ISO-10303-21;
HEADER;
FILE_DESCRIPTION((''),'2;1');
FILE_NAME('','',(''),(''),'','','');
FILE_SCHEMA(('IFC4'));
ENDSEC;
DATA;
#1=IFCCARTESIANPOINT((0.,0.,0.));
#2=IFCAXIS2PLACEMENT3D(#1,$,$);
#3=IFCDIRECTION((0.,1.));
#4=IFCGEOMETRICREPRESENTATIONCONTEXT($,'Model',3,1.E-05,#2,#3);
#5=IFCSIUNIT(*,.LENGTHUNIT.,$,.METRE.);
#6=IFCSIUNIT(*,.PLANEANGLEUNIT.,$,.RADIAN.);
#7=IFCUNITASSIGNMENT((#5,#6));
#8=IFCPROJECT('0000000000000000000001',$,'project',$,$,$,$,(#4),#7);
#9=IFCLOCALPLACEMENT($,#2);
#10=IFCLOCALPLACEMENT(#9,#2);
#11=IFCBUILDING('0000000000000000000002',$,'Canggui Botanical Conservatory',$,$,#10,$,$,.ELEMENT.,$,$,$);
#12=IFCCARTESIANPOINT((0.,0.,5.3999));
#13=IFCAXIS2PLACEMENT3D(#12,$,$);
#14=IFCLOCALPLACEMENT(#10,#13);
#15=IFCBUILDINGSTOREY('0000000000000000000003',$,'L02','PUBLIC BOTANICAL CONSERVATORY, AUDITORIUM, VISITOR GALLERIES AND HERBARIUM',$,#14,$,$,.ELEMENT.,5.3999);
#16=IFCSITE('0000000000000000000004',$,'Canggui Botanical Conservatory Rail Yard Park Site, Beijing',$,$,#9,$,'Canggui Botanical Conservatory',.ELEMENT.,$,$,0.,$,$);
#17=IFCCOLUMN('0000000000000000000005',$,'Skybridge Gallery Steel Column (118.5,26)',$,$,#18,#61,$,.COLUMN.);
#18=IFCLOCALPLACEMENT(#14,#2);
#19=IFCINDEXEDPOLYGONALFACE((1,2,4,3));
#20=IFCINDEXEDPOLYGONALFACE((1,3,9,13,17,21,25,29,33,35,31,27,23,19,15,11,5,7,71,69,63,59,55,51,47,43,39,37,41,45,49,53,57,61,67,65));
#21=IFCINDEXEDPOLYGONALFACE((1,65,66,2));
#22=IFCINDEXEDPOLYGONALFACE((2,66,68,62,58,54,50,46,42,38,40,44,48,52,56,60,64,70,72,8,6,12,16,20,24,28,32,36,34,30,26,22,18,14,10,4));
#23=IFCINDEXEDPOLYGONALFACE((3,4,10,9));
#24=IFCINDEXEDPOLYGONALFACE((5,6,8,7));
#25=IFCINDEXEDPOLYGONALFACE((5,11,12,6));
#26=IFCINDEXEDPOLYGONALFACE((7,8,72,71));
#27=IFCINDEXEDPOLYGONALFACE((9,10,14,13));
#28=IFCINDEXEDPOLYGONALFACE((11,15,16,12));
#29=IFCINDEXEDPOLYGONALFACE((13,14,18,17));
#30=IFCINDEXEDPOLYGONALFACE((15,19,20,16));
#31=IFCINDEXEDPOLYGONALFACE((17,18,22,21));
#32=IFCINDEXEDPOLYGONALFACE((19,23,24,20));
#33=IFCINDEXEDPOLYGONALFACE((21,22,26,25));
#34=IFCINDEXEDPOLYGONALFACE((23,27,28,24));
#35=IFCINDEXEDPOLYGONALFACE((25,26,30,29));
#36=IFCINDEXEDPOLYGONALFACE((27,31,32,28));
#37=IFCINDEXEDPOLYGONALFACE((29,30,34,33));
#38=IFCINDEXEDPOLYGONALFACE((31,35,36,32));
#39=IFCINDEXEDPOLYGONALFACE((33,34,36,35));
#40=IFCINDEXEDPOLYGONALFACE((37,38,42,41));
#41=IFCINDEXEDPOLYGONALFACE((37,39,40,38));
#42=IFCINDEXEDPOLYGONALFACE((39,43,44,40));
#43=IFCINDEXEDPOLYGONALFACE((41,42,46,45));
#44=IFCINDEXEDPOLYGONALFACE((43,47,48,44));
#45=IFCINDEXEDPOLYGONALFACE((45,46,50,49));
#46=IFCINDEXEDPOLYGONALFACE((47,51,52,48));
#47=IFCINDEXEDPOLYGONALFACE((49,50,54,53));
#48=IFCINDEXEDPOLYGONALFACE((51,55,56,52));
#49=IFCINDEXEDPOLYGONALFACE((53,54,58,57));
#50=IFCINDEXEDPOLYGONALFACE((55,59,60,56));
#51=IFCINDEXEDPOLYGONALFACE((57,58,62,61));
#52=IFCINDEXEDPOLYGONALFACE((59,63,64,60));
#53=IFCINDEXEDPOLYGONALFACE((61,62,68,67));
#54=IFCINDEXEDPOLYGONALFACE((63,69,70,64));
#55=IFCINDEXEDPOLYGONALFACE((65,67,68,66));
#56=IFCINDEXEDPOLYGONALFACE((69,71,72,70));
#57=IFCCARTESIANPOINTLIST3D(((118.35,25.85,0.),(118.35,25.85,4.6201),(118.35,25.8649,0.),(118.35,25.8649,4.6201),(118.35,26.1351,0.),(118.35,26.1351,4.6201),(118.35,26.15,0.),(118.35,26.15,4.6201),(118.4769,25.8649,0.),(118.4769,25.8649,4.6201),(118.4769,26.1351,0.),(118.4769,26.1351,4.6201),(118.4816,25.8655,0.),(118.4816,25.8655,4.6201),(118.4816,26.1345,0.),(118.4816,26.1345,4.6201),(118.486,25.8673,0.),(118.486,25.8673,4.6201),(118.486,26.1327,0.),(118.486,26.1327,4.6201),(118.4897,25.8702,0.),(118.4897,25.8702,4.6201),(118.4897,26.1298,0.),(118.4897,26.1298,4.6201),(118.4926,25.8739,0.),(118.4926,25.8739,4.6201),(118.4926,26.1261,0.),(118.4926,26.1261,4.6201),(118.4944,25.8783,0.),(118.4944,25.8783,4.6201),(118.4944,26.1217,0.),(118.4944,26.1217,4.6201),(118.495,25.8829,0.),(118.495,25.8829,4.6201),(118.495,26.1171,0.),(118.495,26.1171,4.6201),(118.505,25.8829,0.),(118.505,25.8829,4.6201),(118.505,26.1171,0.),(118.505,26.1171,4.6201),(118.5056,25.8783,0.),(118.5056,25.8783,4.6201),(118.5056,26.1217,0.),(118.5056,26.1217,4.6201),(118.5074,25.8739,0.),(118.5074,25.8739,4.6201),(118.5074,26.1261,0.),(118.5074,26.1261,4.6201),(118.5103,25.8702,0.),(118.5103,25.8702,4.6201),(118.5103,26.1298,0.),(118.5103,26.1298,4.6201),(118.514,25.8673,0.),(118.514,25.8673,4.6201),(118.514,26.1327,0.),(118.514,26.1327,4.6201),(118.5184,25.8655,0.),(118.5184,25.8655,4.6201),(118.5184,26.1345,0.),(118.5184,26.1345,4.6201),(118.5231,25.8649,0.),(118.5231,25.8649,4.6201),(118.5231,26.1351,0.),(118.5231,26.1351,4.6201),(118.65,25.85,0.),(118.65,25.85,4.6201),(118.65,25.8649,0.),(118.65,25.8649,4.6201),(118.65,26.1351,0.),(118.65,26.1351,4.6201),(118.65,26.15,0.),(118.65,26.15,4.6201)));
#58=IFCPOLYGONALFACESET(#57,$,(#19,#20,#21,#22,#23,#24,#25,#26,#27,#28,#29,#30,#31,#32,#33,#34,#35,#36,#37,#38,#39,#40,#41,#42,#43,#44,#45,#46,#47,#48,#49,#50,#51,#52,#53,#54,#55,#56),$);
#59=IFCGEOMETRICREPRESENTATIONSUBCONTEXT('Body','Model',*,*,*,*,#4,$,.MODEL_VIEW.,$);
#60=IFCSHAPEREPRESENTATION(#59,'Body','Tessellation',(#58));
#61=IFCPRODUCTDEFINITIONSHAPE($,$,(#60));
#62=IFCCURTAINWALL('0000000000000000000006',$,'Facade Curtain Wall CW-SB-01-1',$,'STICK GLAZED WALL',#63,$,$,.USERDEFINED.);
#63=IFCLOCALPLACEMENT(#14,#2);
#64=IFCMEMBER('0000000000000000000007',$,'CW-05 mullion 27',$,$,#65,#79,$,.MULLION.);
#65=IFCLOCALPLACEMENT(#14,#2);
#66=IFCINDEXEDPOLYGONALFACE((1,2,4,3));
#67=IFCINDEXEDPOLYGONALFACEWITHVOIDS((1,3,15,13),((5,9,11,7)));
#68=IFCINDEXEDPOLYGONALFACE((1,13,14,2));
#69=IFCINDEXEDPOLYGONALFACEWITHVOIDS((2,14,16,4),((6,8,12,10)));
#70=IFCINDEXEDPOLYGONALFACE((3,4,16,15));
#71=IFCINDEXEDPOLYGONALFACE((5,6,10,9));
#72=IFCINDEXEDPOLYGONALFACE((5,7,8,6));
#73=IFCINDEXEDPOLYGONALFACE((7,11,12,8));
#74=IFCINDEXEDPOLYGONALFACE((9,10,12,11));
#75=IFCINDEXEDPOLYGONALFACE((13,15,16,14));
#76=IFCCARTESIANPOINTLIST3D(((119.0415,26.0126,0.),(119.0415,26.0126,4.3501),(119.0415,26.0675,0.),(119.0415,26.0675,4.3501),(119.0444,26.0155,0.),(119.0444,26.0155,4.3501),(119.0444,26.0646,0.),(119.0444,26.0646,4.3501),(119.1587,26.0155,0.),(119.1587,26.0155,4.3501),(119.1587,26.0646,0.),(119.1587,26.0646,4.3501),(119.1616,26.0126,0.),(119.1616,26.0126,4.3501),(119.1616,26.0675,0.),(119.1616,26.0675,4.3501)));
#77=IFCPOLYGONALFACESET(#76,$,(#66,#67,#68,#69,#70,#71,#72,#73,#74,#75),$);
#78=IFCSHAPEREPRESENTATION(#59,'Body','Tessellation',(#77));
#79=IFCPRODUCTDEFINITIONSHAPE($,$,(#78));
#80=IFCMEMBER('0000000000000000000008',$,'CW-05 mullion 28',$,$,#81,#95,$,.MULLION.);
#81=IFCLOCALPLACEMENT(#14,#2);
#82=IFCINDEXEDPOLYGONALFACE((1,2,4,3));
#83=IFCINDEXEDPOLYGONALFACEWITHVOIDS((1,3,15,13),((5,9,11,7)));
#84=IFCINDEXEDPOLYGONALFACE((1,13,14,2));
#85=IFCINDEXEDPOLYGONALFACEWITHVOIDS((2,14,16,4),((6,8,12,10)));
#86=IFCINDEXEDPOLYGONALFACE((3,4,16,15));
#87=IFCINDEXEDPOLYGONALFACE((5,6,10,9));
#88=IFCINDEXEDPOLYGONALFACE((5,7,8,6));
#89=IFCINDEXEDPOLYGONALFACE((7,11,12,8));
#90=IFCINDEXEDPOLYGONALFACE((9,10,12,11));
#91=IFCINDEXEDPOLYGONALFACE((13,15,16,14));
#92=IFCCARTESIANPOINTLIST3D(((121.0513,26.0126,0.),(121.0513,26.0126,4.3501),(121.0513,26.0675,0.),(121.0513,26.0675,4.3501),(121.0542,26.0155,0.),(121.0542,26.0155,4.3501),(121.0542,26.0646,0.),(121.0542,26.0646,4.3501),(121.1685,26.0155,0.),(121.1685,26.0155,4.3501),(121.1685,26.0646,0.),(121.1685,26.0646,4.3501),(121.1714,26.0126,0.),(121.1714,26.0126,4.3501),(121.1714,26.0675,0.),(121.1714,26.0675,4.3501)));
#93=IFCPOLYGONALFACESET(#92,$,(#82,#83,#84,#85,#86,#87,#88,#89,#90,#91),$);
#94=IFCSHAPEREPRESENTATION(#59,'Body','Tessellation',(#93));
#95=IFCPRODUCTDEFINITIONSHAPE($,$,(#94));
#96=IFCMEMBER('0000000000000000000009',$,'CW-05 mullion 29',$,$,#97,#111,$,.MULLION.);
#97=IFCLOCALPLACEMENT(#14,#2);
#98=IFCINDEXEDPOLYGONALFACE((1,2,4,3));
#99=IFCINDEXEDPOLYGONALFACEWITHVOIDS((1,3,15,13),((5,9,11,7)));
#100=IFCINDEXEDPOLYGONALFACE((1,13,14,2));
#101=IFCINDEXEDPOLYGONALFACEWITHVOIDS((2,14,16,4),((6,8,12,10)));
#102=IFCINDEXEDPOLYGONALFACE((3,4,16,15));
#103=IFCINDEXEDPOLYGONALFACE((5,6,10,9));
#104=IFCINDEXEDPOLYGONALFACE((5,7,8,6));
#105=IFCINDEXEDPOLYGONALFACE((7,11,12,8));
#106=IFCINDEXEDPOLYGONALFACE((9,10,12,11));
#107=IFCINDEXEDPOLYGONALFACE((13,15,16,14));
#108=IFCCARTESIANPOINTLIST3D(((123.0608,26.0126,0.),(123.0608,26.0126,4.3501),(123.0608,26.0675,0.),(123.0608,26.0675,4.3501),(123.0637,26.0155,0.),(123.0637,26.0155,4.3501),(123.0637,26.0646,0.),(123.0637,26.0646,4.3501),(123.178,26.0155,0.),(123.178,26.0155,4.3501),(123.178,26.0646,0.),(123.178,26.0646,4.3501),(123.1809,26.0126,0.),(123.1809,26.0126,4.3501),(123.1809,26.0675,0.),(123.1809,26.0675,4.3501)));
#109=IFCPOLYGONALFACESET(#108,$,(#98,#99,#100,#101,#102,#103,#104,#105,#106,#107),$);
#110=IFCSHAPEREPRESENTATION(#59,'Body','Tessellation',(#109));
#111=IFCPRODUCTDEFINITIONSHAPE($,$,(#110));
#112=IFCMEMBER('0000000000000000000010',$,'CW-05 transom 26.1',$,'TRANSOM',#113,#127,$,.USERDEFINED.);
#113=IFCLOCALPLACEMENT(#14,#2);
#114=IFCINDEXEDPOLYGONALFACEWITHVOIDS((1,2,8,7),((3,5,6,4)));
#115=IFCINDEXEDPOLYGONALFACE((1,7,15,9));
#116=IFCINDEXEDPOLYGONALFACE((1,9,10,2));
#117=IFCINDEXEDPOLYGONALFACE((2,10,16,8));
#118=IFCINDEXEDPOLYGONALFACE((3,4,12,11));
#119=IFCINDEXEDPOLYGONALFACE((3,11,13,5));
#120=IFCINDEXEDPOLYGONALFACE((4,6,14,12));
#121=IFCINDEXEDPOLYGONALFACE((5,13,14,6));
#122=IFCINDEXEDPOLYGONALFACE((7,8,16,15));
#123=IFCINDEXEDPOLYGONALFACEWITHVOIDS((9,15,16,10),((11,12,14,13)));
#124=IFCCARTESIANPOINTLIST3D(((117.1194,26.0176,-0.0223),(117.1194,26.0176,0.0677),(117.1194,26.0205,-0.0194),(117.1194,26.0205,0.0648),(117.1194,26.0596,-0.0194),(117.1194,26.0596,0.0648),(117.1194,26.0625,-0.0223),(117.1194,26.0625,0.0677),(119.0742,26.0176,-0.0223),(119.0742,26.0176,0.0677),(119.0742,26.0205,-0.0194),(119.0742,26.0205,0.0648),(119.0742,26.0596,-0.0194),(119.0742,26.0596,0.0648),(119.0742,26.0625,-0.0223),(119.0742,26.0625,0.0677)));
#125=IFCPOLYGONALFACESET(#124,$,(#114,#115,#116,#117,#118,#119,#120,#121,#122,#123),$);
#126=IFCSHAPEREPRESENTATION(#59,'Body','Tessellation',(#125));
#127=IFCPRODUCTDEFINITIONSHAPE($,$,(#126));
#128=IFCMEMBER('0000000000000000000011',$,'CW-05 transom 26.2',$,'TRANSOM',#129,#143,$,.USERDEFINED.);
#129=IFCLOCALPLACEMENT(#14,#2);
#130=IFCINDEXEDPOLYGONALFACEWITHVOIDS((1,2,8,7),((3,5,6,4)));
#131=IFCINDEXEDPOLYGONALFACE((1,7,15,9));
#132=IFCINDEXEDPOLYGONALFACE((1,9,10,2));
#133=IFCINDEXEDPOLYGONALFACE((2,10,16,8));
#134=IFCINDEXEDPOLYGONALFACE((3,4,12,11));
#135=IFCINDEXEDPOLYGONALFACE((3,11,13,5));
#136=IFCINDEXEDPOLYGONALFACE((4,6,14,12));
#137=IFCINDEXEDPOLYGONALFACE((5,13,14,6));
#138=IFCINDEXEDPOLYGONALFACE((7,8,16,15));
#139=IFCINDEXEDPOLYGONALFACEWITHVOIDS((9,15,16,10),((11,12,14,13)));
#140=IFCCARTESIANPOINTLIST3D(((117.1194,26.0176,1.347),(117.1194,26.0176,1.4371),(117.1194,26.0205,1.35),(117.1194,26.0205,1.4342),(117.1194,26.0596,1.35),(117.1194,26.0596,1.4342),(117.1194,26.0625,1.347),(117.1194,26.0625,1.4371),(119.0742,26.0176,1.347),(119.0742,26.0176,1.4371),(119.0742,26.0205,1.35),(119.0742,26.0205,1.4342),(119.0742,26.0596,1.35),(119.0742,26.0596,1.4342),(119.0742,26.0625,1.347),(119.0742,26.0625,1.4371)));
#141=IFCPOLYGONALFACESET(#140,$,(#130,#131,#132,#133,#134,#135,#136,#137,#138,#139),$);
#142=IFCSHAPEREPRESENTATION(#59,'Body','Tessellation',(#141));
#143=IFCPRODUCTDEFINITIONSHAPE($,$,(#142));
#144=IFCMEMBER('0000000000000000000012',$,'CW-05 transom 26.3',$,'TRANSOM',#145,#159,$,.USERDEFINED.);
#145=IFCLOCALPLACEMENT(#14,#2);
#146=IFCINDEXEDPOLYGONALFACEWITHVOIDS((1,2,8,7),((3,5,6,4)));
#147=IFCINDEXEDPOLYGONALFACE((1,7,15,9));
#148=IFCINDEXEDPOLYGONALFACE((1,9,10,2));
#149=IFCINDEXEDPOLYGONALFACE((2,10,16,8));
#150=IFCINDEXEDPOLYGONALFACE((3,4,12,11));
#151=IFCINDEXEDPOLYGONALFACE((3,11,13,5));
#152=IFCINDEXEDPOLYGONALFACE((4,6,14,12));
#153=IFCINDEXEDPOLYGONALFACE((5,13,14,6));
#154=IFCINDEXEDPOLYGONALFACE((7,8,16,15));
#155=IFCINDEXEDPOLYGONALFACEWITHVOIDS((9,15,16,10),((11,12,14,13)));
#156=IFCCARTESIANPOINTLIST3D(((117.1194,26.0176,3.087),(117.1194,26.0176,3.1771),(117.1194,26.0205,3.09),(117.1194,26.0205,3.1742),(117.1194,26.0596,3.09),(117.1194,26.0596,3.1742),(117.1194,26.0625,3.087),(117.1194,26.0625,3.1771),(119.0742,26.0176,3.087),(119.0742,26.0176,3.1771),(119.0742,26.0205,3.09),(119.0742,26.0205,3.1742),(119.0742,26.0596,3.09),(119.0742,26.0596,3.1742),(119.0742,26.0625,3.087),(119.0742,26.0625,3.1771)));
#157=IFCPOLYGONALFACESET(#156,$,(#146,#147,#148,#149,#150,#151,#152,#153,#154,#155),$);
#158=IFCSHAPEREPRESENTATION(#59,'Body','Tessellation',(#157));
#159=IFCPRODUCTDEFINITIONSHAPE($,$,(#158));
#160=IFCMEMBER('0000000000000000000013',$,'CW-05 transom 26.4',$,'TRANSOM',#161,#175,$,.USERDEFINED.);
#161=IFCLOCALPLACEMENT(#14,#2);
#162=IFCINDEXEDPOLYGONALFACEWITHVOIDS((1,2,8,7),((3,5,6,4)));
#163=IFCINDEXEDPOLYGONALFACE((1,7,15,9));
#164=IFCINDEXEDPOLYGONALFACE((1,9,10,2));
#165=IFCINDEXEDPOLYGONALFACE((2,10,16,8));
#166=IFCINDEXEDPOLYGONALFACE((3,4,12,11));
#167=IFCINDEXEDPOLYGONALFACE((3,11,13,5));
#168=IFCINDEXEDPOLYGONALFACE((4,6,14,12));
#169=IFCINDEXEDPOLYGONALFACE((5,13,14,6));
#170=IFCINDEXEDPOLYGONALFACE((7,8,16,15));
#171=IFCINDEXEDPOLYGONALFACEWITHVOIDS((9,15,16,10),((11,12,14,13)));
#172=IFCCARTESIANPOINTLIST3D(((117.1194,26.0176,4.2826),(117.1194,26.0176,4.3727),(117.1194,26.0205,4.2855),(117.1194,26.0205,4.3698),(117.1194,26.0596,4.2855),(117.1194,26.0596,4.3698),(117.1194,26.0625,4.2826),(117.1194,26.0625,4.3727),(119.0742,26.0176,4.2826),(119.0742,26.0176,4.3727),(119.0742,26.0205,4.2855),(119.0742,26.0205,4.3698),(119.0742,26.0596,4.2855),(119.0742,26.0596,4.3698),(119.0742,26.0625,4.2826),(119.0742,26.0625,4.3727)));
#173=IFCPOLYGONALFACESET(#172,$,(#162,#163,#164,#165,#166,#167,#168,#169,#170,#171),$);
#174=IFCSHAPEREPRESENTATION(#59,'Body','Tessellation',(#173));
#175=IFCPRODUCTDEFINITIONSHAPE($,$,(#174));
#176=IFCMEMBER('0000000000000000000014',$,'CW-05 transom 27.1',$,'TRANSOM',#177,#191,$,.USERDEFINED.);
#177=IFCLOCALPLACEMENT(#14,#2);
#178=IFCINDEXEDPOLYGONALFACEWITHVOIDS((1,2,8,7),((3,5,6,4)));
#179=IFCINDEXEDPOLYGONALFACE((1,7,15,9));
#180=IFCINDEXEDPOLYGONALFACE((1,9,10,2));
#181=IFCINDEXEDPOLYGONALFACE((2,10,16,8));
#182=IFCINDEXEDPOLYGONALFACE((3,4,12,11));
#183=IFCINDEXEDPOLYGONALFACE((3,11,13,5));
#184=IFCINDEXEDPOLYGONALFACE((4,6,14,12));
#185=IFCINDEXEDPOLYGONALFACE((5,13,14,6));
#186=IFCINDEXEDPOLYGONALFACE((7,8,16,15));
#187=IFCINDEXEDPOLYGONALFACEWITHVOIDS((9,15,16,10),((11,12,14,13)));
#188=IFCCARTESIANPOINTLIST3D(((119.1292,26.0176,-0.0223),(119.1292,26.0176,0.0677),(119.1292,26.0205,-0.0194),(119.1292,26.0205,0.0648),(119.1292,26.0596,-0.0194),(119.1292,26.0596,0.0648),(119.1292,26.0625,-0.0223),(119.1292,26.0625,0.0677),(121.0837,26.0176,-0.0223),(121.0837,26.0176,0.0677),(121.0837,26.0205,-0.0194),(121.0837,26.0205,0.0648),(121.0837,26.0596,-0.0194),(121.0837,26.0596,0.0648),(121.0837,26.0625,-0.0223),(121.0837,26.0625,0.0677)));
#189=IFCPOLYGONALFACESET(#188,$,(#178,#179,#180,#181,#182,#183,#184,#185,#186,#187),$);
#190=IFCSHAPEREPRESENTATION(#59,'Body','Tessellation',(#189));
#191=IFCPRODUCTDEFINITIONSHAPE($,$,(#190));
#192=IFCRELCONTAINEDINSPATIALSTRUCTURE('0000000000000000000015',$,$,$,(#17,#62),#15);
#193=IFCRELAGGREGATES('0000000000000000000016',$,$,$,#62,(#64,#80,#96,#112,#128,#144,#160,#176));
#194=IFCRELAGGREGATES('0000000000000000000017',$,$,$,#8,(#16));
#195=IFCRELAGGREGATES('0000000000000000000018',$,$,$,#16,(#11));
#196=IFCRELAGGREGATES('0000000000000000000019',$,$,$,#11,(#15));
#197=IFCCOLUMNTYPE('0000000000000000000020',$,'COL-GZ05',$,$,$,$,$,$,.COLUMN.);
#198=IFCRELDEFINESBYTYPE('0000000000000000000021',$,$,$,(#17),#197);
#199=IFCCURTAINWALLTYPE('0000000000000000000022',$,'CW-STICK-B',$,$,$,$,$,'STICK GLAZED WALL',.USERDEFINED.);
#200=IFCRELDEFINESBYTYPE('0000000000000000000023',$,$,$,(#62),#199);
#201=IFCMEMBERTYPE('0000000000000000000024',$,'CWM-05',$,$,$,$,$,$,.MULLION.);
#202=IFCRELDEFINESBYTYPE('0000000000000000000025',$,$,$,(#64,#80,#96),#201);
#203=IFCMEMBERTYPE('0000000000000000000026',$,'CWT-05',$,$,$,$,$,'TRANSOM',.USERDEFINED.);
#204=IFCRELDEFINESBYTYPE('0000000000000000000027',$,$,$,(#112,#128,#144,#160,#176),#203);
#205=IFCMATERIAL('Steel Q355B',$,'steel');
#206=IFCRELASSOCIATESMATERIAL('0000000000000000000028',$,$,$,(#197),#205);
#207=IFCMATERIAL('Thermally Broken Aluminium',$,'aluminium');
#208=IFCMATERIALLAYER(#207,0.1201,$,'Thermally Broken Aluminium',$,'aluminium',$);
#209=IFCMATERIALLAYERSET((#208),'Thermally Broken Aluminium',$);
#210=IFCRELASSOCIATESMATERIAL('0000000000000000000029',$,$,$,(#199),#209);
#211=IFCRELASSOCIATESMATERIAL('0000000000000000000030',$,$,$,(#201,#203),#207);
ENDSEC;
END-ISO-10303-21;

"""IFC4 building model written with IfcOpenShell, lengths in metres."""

from ifc_helpers import new_model, si_unit, direction, frame, origin, origin_2d, place, context, subcontext, project, spatial, hollow_rectangle, i_section, extrude, material, layer, layer_set, material_profile, profile_set, type_object, element, aggregate, save


model = new_model("IFC4")

# Units and contexts
model_context = context("Model", 3, precision=1e-05, world=origin(), true_north=direction((0.0, 1.0)))
body_context = subcontext(model_context, "Body", "Model", "MODEL_VIEW")
ifc_project = project(units=[si_unit("LENGTHUNIT", "METRE"), si_unit("PLANEANGLEUNIT", "RADIAN")], contexts=[model_context])

# Site, building, storey
site_placement = place(None, origin())
site = spatial("IfcSite", under=ifc_project, at=site_placement, Name="Canggui Botanical Conservatory Rail Yard Park Site, Beijing", LongName="Canggui Botanical Conservatory", CompositionType="ELEMENT", RefElevation=0.0)
building_placement = place(site_placement, origin())
building = spatial("IfcBuilding", under=site, at=building_placement, Name="Canggui Botanical Conservatory", CompositionType="ELEMENT")
storey_placement = place(building_placement, frame((0.0, 0.0, 5.3999)))
storey = spatial("IfcBuildingStorey", under=building, at=storey_placement, Name="L02", Description="PUBLIC BOTANICAL CONSERVATORY, AUDITORIUM, VISITOR GALLERIES AND HERBARIUM", CompositionType="ELEMENT", Elevation=5.3999)

# Column
ifc_material_1 = material(Name="Steel Q355B", Category="steel")
ifc_material_profile_1 = material_profile(ifc_material_1, i_section(OverallWidth=0.3, OverallDepth=0.3, WebThickness=0.01, FlangeThickness=0.0149, FilletRadius=0.0181, at=origin_2d()), Name="HW 300x300x10x15")
ifc_profile_set_1 = profile_set([ifc_material_profile_1], Name="Steel Q355B")
column_type = type_object("IfcColumnType", Name="COL-GZ05", PredefinedType="COLUMN", material=ifc_profile_set_1)
column_placement = place(storey_placement, frame((118.5, 26.0, 0.0), z_axis=(0.0, 0.0, 1.0), x_axis=(1.0, 0.0, 0.0)))
element("IfcColumn", 1, at=column_placement, inside=storey, type_object=column_type, Name="Skybridge Gallery Steel Column (118.5,26)", PredefinedType="COLUMN", context=body_context, shape_type="SweptSolid", body=[
    extrude(i_section(OverallWidth=0.3, OverallDepth=0.3, WebThickness=0.01, FlangeThickness=0.0149, FilletRadius=0.0181, at=origin_2d()), origin(), (0.0, 0.0, 1.0), 4.6201),
])

# Curtain wall, members
ifc_material_2 = material(Name="Thermally Broken Aluminium", Category="aluminium")
ifc_layer_1 = layer(ifc_material_2, 0.1201, Name="Thermally Broken Aluminium", Category="aluminium")
ifc_layer_set_1 = layer_set([ifc_layer_1], Name="Thermally Broken Aluminium")
curtain_wall_type = type_object("IfcCurtainWallType", Name="CW-STICK-B", ElementType="STICK GLAZED WALL", PredefinedType="USERDEFINED", material=ifc_layer_set_1)
curtain_wall_placement = place(storey_placement, origin())
curtain_wall = element("IfcCurtainWall", 2, at=curtain_wall_placement, inside=storey, type_object=curtain_wall_type, Name="Facade Curtain Wall CW-SB-01-1", ObjectType="STICK GLAZED WALL", PredefinedType="USERDEFINED")
ifc_material_profile_2 = material_profile(ifc_material_2, hollow_rectangle(XDim=0.0549, YDim=0.1201, WallThickness=0.0029, at=origin_2d()), Name="CWM 55x120x3")
ifc_profile_set_2 = profile_set([ifc_material_profile_2], Name="Thermally Broken Aluminium")
member_type_1 = type_object("IfcMemberType", Name="CWM-05", PredefinedType="MULLION", material=ifc_profile_set_2)
member_1_placement = place(storey_placement, frame((119.1016, 26.04, 0.0), z_axis=(0.0, 0.0, 1.0), x_axis=(0.0, 1.0, 0.0)))
member_1 = element("IfcMember", 3, at=member_1_placement, type_object=member_type_1, Name="CW-05 mullion 27", PredefinedType="MULLION", context=body_context, shape_type="SweptSolid", body=[
    extrude(hollow_rectangle(XDim=0.0549, YDim=0.1201, WallThickness=0.0029, at=origin_2d()), origin(), (0.0, 0.0, 1.0), 4.3501),
])
member_2_placement = place(storey_placement, frame((121.1113, 26.04, 0.0), z_axis=(0.0, 0.0, 1.0), x_axis=(0.0, 1.0, 0.0)))
member_2 = element("IfcMember", 4, at=member_2_placement, type_object=member_type_1, Name="CW-05 mullion 28", PredefinedType="MULLION", context=body_context, shape_type="SweptSolid", body=[
    extrude(hollow_rectangle(XDim=0.0549, YDim=0.1201, WallThickness=0.0029, at=origin_2d()), origin(), (0.0, 0.0, 1.0), 4.3501),
])
member_3_placement = place(storey_placement, frame((123.1208, 26.04, 0.0), z_axis=(0.0, 0.0, 1.0), x_axis=(0.0, 1.0, 0.0)))
member_3 = element("IfcMember", 5, at=member_3_placement, type_object=member_type_1, Name="CW-05 mullion 29", PredefinedType="MULLION", context=body_context, shape_type="SweptSolid", body=[
    extrude(hollow_rectangle(XDim=0.0549, YDim=0.1201, WallThickness=0.0029, at=origin_2d()), origin(), (0.0, 0.0, 1.0), 4.3501),
])
ifc_material_profile_3 = material_profile(ifc_material_2, hollow_rectangle(XDim=0.0449, YDim=0.0901, WallThickness=0.0029, at=origin_2d()), Name="CWT 45x90x3")
ifc_profile_set_3 = profile_set([ifc_material_profile_3], Name="Thermally Broken Aluminium")
member_type_2 = type_object("IfcMemberType", Name="CWT-05", ElementType="TRANSOM", PredefinedType="USERDEFINED", material=ifc_profile_set_3)
member_4_placement = place(storey_placement, frame((117.1194, 26.04, 0.0227), z_axis=(1.0, 0.0, 0.0), x_axis=(0.0, 1.0, 0.0)))
member_4 = element("IfcMember", 6, at=member_4_placement, type_object=member_type_2, Name="CW-05 transom 26.1", ObjectType="TRANSOM", PredefinedType="USERDEFINED", context=body_context, shape_type="SweptSolid", body=[
    extrude(hollow_rectangle(XDim=0.0449, YDim=0.0901, WallThickness=0.0029, at=origin_2d()), origin(), (0.0, 0.0, 1.0), 1.9548),
])
member_5_placement = place(storey_placement, frame((117.1194, 26.04, 1.3921), z_axis=(1.0, 0.0, 0.0), x_axis=(0.0, 1.0, 0.0)))
member_5 = element("IfcMember", 7, at=member_5_placement, type_object=member_type_2, Name="CW-05 transom 26.2", ObjectType="TRANSOM", PredefinedType="USERDEFINED", context=body_context, shape_type="SweptSolid", body=[
    extrude(hollow_rectangle(XDim=0.0449, YDim=0.0901, WallThickness=0.0029, at=origin_2d()), origin(), (0.0, 0.0, 1.0), 1.9548),
])
member_6_placement = place(storey_placement, frame((117.1194, 26.04, 3.1321), z_axis=(1.0, 0.0, 0.0), x_axis=(0.0, 1.0, 0.0)))
member_6 = element("IfcMember", 8, at=member_6_placement, type_object=member_type_2, Name="CW-05 transom 26.3", ObjectType="TRANSOM", PredefinedType="USERDEFINED", context=body_context, shape_type="SweptSolid", body=[
    extrude(hollow_rectangle(XDim=0.0449, YDim=0.0901, WallThickness=0.0029, at=origin_2d()), origin(), (0.0, 0.0, 1.0), 1.9548),
])
member_7_placement = place(storey_placement, frame((117.1194, 26.04, 4.3276), z_axis=(1.0, 0.0, 0.0), x_axis=(0.0, 1.0, 0.0)))
member_7 = element("IfcMember", 9, at=member_7_placement, type_object=member_type_2, Name="CW-05 transom 26.4", ObjectType="TRANSOM", PredefinedType="USERDEFINED", context=body_context, shape_type="SweptSolid", body=[
    extrude(hollow_rectangle(XDim=0.0449, YDim=0.0901, WallThickness=0.0029, at=origin_2d()), origin(), (0.0, 0.0, 1.0), 1.9548),
])
member_8_placement = place(storey_placement, frame((119.1292, 26.04, 0.0227), z_axis=(1.0, 0.0, 0.0), x_axis=(0.0, 1.0, 0.0)))
member_8 = element("IfcMember", 10, at=member_8_placement, type_object=member_type_2, Name="CW-05 transom 27.1", ObjectType="TRANSOM", PredefinedType="USERDEFINED", context=body_context, shape_type="SweptSolid", body=[
    extrude(hollow_rectangle(XDim=0.0449, YDim=0.0901, WallThickness=0.0029, at=origin_2d()), origin(), (0.0, 0.0, 1.0), 1.9546),
])

aggregate(curtain_wall, [member_1, member_2, member_3, member_4, member_5, member_6, member_7, member_8])

save(model, "model.ifc")
